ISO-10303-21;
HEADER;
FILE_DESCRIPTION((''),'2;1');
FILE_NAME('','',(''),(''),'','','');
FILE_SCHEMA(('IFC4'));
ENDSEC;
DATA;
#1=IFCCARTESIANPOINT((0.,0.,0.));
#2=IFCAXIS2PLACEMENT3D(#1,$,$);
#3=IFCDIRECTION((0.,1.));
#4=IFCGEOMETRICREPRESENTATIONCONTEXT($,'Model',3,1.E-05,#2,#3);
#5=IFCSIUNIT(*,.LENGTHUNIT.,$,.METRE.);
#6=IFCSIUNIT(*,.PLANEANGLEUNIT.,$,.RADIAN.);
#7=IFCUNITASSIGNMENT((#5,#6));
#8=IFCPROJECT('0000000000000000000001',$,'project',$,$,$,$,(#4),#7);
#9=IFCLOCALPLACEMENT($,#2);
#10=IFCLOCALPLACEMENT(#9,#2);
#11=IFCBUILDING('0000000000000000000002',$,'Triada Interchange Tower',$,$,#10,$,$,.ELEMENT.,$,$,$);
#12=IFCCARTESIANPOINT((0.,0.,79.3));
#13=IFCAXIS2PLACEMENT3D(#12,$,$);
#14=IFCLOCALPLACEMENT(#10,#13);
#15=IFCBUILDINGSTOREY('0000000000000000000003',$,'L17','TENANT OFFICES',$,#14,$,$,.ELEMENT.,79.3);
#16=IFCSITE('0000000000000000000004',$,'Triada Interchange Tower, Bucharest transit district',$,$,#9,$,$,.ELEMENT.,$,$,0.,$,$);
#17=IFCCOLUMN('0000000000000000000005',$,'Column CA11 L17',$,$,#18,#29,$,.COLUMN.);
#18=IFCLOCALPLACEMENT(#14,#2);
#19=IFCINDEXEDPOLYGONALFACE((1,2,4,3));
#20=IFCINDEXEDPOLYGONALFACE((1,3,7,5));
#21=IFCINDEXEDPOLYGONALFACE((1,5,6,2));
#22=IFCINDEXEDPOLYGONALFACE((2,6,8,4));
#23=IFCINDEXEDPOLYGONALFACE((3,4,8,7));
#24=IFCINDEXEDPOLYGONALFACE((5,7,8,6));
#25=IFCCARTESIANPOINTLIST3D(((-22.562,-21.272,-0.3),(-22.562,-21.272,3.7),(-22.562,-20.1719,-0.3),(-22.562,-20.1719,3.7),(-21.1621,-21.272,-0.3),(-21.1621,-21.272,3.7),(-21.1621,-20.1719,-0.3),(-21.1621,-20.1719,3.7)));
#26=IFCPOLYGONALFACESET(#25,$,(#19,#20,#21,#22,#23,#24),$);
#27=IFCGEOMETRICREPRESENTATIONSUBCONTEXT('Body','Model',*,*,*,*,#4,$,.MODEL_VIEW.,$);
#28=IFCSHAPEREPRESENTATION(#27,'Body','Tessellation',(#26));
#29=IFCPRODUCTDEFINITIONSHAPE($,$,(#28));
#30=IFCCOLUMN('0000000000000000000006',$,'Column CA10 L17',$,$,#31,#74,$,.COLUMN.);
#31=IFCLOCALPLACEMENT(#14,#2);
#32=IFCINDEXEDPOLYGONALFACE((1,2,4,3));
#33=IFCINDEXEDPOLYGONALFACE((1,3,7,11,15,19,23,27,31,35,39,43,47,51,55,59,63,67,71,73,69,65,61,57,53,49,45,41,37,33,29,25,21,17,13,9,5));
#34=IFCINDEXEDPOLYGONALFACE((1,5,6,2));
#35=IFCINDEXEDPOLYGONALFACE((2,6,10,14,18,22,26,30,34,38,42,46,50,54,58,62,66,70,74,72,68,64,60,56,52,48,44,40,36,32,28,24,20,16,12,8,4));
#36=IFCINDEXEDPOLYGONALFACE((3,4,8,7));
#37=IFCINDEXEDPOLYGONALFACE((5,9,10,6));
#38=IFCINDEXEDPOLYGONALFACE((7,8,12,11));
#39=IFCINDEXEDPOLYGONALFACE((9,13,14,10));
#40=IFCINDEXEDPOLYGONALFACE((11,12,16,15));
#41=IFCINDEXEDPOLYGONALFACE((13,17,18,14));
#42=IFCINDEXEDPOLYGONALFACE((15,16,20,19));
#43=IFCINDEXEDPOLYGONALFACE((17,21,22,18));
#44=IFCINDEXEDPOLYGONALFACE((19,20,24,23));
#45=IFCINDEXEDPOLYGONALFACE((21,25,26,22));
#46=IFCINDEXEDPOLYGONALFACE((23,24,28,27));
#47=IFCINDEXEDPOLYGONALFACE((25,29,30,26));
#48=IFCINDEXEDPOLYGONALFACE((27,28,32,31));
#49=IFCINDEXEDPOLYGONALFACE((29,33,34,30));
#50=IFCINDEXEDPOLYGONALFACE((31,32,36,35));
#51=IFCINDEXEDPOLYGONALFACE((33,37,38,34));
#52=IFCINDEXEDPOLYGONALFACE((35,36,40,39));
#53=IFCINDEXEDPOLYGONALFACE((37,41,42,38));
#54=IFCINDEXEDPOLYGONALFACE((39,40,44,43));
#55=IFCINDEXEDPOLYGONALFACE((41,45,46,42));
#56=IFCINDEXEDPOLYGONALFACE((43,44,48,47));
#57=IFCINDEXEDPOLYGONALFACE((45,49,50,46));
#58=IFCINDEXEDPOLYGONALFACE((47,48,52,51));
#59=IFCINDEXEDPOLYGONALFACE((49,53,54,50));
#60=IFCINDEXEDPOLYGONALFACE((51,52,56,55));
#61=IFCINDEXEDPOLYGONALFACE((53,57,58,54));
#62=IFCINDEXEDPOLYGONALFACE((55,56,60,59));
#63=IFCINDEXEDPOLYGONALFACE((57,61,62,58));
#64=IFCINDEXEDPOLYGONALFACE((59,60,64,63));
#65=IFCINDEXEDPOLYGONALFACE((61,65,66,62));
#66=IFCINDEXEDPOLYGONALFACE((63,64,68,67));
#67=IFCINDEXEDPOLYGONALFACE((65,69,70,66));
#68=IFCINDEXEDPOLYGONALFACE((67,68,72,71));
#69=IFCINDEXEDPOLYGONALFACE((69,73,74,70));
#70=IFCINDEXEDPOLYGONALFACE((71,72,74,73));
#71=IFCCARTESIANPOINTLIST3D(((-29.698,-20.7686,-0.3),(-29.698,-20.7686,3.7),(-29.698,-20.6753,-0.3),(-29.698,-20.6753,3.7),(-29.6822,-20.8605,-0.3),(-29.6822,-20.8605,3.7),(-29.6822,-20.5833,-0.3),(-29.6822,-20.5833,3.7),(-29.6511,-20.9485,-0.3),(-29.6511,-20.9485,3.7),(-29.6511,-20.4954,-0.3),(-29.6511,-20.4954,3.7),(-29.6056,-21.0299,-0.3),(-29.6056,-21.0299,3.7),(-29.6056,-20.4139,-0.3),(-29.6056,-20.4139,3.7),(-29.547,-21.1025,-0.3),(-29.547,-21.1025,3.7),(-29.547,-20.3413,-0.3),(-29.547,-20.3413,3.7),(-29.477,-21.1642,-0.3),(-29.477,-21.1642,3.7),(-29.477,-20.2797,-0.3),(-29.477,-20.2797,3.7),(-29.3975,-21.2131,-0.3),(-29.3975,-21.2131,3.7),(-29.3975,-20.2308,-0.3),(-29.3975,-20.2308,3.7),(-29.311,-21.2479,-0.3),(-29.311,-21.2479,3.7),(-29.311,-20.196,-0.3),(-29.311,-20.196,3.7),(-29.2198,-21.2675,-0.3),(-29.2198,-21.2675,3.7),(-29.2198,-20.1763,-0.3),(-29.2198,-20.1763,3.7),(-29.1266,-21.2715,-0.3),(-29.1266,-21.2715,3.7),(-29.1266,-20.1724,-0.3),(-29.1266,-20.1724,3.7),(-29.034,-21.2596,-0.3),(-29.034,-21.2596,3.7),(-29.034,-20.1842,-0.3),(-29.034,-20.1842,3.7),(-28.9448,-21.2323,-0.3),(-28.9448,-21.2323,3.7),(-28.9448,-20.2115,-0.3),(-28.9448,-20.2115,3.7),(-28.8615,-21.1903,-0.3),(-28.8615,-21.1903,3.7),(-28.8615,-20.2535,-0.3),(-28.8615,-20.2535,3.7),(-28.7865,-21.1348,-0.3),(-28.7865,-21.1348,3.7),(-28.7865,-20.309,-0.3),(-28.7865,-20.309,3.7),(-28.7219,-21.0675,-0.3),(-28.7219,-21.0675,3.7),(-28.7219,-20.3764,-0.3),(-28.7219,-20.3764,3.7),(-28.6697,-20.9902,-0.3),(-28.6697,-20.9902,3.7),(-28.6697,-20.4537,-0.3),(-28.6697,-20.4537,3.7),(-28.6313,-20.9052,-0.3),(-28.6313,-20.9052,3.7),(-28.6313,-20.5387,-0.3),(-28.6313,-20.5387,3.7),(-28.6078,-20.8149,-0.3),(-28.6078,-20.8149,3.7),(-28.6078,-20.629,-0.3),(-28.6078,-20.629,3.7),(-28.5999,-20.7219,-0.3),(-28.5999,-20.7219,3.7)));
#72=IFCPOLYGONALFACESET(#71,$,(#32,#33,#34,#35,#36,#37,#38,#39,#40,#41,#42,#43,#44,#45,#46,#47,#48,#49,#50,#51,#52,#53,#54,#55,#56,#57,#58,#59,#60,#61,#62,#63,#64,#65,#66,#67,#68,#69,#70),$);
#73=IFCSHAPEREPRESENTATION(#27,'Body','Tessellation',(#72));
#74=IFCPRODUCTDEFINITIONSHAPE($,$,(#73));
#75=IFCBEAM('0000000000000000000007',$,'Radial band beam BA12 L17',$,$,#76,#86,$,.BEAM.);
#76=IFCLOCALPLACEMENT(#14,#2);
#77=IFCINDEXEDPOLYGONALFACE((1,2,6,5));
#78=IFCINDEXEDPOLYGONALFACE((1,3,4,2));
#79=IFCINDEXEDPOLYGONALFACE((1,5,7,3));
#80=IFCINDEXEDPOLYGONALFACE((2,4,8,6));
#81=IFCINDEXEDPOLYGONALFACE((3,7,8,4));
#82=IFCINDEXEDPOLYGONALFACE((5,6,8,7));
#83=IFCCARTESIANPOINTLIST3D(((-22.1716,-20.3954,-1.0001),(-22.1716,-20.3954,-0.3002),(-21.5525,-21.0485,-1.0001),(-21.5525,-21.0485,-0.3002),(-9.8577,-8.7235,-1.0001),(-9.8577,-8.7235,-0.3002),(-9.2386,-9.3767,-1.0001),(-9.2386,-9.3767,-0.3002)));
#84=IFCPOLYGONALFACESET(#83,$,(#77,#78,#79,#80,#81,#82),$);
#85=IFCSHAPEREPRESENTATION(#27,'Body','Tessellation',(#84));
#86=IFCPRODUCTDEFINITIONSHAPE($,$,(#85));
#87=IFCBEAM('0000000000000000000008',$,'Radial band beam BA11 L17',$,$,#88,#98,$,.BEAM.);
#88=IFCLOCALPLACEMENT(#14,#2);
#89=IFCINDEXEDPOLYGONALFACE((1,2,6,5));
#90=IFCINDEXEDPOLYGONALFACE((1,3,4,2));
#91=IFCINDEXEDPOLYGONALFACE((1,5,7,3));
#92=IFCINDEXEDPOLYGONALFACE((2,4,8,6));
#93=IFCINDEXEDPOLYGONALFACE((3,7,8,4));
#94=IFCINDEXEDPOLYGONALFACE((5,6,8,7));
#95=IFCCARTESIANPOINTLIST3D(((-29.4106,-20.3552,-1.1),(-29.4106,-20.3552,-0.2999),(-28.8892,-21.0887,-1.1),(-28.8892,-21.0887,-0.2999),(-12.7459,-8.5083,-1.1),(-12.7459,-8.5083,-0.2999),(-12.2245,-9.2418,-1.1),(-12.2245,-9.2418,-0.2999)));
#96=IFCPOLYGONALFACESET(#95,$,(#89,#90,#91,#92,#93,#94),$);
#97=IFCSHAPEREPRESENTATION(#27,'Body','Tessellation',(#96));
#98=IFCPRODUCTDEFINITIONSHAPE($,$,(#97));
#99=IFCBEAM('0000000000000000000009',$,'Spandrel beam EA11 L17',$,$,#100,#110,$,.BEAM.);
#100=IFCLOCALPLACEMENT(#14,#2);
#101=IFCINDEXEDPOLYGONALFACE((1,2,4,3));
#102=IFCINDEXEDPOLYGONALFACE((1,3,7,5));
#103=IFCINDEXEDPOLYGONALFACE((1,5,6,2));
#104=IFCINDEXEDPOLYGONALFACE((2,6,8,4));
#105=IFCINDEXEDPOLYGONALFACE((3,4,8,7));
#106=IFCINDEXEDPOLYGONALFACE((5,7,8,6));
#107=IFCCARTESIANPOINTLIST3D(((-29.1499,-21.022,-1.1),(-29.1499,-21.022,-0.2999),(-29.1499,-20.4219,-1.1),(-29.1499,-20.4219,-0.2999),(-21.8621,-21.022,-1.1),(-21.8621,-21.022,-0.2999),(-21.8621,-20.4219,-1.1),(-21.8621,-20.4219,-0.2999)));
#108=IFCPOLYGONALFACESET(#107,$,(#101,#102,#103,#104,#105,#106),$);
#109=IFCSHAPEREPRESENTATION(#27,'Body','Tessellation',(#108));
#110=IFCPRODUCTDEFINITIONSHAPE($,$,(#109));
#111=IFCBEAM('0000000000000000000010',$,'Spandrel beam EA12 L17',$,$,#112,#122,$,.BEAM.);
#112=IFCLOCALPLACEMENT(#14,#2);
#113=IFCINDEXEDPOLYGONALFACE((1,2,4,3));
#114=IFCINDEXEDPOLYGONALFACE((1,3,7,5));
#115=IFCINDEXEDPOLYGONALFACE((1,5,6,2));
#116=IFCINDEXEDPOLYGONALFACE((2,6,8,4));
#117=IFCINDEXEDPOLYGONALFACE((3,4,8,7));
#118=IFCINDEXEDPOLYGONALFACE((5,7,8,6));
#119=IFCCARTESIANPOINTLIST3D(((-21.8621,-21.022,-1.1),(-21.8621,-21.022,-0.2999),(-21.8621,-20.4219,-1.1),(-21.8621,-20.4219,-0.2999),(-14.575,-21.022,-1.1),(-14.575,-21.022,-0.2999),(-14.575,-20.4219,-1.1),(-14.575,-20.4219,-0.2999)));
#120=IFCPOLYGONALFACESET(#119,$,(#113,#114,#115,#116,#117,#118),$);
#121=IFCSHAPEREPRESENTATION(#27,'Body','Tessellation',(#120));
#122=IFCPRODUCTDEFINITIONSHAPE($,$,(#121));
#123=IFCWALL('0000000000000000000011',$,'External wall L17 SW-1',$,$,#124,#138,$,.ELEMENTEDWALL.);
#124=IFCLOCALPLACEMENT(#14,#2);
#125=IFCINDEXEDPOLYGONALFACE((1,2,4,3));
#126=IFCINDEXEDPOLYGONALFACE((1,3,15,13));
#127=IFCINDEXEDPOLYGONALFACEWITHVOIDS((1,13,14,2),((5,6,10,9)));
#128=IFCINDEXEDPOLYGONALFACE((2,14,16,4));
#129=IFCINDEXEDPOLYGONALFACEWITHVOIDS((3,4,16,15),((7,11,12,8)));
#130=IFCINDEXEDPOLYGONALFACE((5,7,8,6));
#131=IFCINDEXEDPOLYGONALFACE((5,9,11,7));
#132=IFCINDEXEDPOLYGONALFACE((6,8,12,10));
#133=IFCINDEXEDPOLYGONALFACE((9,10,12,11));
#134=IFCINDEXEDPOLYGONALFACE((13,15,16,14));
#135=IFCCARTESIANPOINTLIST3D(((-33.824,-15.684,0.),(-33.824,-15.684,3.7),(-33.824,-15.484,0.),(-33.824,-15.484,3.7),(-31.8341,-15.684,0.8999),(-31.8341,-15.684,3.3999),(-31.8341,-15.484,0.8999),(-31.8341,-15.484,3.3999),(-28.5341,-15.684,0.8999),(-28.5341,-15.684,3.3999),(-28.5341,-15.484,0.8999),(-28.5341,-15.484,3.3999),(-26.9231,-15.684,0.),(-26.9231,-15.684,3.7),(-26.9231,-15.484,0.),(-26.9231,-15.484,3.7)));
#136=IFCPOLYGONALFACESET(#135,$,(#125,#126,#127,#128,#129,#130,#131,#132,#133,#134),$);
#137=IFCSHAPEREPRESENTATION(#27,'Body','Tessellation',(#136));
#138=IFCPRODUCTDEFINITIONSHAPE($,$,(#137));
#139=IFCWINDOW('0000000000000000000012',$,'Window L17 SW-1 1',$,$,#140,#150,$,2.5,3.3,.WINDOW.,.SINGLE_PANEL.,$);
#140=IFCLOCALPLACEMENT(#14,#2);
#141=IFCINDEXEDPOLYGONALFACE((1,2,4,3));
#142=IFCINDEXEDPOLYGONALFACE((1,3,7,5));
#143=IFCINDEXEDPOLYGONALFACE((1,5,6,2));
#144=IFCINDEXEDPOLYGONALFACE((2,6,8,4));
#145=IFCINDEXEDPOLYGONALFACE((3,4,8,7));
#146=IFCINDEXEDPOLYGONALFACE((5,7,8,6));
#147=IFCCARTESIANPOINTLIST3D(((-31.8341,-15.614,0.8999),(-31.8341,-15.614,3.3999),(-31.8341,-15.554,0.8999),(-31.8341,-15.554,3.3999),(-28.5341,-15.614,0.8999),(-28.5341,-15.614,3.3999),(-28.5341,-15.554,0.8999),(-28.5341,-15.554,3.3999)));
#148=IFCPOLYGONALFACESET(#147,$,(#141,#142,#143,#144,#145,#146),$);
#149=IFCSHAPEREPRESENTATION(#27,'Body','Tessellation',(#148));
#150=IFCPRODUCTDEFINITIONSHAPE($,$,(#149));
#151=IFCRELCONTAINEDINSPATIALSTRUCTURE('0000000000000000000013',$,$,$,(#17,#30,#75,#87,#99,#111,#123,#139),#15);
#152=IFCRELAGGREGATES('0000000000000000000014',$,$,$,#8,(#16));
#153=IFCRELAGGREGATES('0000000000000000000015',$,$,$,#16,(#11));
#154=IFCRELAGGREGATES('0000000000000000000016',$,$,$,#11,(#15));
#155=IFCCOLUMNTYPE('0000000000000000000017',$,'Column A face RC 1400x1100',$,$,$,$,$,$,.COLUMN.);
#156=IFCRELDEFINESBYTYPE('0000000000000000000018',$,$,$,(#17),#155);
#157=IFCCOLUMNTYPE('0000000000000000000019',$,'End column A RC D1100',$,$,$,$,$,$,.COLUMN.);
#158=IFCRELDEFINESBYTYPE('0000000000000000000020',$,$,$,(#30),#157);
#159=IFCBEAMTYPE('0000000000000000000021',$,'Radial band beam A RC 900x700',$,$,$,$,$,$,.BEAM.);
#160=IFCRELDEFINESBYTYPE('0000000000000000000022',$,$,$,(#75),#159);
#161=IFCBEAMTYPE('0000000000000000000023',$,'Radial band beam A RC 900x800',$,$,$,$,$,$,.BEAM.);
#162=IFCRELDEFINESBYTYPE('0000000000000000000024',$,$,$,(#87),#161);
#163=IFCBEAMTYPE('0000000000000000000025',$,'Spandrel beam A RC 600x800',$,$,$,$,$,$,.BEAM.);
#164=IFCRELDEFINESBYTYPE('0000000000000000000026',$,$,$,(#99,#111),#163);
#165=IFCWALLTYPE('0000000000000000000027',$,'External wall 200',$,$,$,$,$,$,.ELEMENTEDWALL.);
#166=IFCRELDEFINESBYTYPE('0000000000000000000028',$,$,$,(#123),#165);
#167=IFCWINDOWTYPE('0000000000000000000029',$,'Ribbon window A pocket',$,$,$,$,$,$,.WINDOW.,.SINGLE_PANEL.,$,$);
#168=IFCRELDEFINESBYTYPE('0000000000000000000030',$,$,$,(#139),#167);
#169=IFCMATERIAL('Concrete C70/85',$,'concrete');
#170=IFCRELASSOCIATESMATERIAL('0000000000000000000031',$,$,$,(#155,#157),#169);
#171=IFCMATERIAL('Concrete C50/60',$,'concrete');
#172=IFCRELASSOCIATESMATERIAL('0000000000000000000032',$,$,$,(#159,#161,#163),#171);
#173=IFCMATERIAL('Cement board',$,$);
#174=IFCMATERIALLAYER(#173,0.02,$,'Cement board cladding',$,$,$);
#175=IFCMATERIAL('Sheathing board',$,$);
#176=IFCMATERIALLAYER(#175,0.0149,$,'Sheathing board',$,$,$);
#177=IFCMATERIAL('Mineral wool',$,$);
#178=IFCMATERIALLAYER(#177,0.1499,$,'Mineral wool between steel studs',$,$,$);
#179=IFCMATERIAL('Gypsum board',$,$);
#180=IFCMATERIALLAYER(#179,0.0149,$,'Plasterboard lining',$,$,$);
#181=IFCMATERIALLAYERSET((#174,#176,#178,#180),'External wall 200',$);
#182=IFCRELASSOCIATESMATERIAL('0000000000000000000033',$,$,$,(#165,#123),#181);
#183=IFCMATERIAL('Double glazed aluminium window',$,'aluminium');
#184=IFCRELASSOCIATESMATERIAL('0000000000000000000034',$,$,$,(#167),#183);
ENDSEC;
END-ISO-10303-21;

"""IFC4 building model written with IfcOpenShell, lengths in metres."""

from ifc_helpers import new_model, si_unit, direction, frame, frame_2d, origin, origin_2d, place, context, subcontext, project, spatial, rectangle, circle, extrude, material, layer, layer_set, layer_usage, material_profile, profile_set, type_object, element, fill, save


model = new_model("IFC4")

# Units and contexts
model_context = context("Model", 3, precision=1e-05, world=origin(), true_north=direction((0.0, 1.0)))
body_context = subcontext(model_context, "Body", "Model", "MODEL_VIEW")
ifc_project = project(units=[si_unit("LENGTHUNIT", "METRE"), si_unit("PLANEANGLEUNIT", "RADIAN")], contexts=[model_context])

# Site, building, storey
site_placement = place(None, origin())
site = spatial("IfcSite", under=ifc_project, at=site_placement, Name="Triada Interchange Tower, Bucharest transit district", CompositionType="ELEMENT", RefElevation=0.0)
building_placement = place(site_placement, origin())
building = spatial("IfcBuilding", under=site, at=building_placement, Name="Triada Interchange Tower", CompositionType="ELEMENT")
storey_placement = place(building_placement, frame((0.0, 0.0, 79.3)))
storey = spatial("IfcBuildingStorey", under=building, at=storey_placement, Name="L17", Description="TENANT OFFICES", CompositionType="ELEMENT", Elevation=79.3)

# Columns
ifc_material_1 = material(Name="Concrete C70/85", Category="concrete")
ifc_material_profile_1 = material_profile(ifc_material_1, rectangle(XDim=1.3999, YDim=1.1001, at=origin_2d()), Name="RC 1400x1100")
ifc_profile_set_1 = profile_set([ifc_material_profile_1], Name="Concrete C70/85")
column_type_1 = type_object("IfcColumnType", Name="Column A face RC 1400x1100", PredefinedType="COLUMN", material=ifc_profile_set_1)
column_1_placement = place(storey_placement, frame((-21.8621, -20.7219, -0.3), z_axis=(0.0, 0.0, 1.0), x_axis=(1.0, 0.0, 0.0)))
element("IfcColumn", 1, at=column_1_placement, inside=storey, type_object=column_type_1, Name="Column CA11 L17", PredefinedType="COLUMN", context=body_context, shape_type="SweptSolid", body=[
    extrude(rectangle(XDim=1.3999, YDim=1.1001, at=origin_2d()), origin(), (0.0, 0.0, 1.0), 4.0),
])
ifc_material_profile_2 = material_profile(ifc_material_1, circle(Radius=0.55, at=origin_2d()), Name="RC D1100")
ifc_profile_set_2 = profile_set([ifc_material_profile_2], Name="Concrete C70/85")
column_type_2 = type_object("IfcColumnType", Name="End column A RC D1100", PredefinedType="COLUMN", material=ifc_profile_set_2)
column_2_placement = place(storey_placement, frame((-29.1499, -20.7219, -0.3), z_axis=(0.0, 0.0, 1.0), x_axis=(1.0, 0.0, 0.0)))
element("IfcColumn", 2, at=column_2_placement, inside=storey, type_object=column_type_2, Name="Column CA10 L17", PredefinedType="COLUMN", context=body_context, shape_type="SweptSolid", body=[
    extrude(circle(Radius=0.55, at=origin_2d()), origin(), (0.0, 0.0, 1.0), 4.0),
])

# Beams
ifc_material_2 = material(Name="Concrete C50/60", Category="concrete")
ifc_material_profile_3 = material_profile(ifc_material_2, rectangle(XDim=0.8999, YDim=0.7, at=origin_2d()), Name="RC 900x700")
ifc_profile_set_3 = profile_set([ifc_material_profile_3], Name="Concrete C50/60")
beam_type_1 = type_object("IfcBeamType", Name="Radial band beam A RC 900x700", PredefinedType="BEAM", material=ifc_profile_set_3)
beam_1_placement = place(storey_placement, frame((-21.8621, -20.7219, -0.6501), z_axis=(0.725776, 0.687931, 0.0), x_axis=(-0.687931, 0.725776, 0.0)))
element("IfcBeam", 3, at=beam_1_placement, inside=storey, type_object=beam_type_1, Name="Radial band beam BA12 L17", PredefinedType="BEAM", context=body_context, shape_type="SweptSolid", body=[
    extrude(rectangle(XDim=0.8999, YDim=0.7, at=origin_2d()), origin(), (0.0, 0.0, 1.0), 16.9666),
])
ifc_material_profile_4 = material_profile(ifc_material_2, rectangle(XDim=0.8999, YDim=0.8, at=origin_2d()), Name="RC 900x800")
ifc_profile_set_4 = profile_set([ifc_material_profile_4], Name="Concrete C50/60")
beam_type_2 = type_object("IfcBeamType", Name="Radial band beam A RC 900x800", PredefinedType="BEAM", material=ifc_profile_set_4)
beam_2_placement = place(storey_placement, frame((-29.1499, -20.7219, -0.7), z_axis=(0.815038, 0.579407, 0.0), x_axis=(-0.579407, 0.815038, 0.0)))
element("IfcBeam", 4, at=beam_2_placement, inside=storey, type_object=beam_type_2, Name="Radial band beam BA11 L17", PredefinedType="BEAM", context=body_context, shape_type="SweptSolid", body=[
    extrude(rectangle(XDim=0.8999, YDim=0.8, at=origin_2d()), origin(), (0.0, 0.0, 1.0), 20.4465),
])
ifc_material_profile_5 = material_profile(ifc_material_2, rectangle(XDim=0.6001, YDim=0.8, at=origin_2d()), Name="RC 600x800")
ifc_profile_set_5 = profile_set([ifc_material_profile_5], Name="Concrete C50/60")
beam_type_3 = type_object("IfcBeamType", Name="Spandrel beam A RC 600x800", PredefinedType="BEAM", material=ifc_profile_set_5)
beam_3_placement = place(storey_placement, frame((-29.1499, -20.7219, -0.7), z_axis=(1.0, 0.0, 0.0), x_axis=(0.0, 1.0, 0.0)))
element("IfcBeam", 5, at=beam_3_placement, inside=storey, type_object=beam_type_3, Name="Spandrel beam EA11 L17", PredefinedType="BEAM", context=body_context, shape_type="SweptSolid", body=[
    extrude(rectangle(XDim=0.6001, YDim=0.8, at=origin_2d()), origin(), (0.0, 0.0, 1.0), 7.2878),
])
beam_4_placement = place(storey_placement, frame((-21.8621, -20.7219, -0.7), z_axis=(1.0, 0.0, 0.0), x_axis=(0.0, 1.0, 0.0)))
element("IfcBeam", 6, at=beam_4_placement, inside=storey, type_object=beam_type_3, Name="Spandrel beam EA12 L17", PredefinedType="BEAM", context=body_context, shape_type="SweptSolid", body=[
    extrude(rectangle(XDim=0.6001, YDim=0.8, at=origin_2d()), origin(), (0.0, 0.0, 1.0), 7.2871),
])

# Wall, opening, window
ifc_material_3 = material(Name="Cement board")
ifc_layer_1 = layer(ifc_material_3, 0.02, Name="Cement board cladding")
ifc_material_4 = material(Name="Sheathing board")
ifc_layer_2 = layer(ifc_material_4, 0.0149, Name="Sheathing board")
ifc_material_5 = material(Name="Mineral wool")
ifc_layer_3 = layer(ifc_material_5, 0.1499, Name="Mineral wool between steel studs")
ifc_material_6 = material(Name="Gypsum board")
ifc_layer_4 = layer(ifc_material_6, 0.0149, Name="Plasterboard lining")
ifc_layer_set_1 = layer_set([ifc_layer_1, ifc_layer_2, ifc_layer_3, ifc_layer_4], Name="External wall 200")
ifc_layer_usage = layer_usage(ifc_layer_set_1, "AXIS2", "POSITIVE", -0.1001)
wall_type_1 = type_object("IfcWallType", Name="External wall 200", PredefinedType="ELEMENTEDWALL", material=ifc_layer_set_1)
wall_1_placement = place(storey_placement, frame((-33.824, -15.584, 0.0), z_axis=(0.0, 0.0, 1.0), x_axis=(1.0, 0.0, 0.0)))
wall_1 = element("IfcWall", 7, at=wall_1_placement, inside=storey, type_object=wall_type_1, material=ifc_layer_usage, Name="External wall L17 SW-1", PredefinedType="ELEMENTEDWALL", context=body_context, shape_type="SweptSolid", body=[
    extrude(rectangle(XDim=6.9009, YDim=0.2, at=frame_2d((3.4504, 0.0))), origin(), (0.0, 0.0, 1.0), 3.7),
])
opening_1_placement = place(wall_1_placement, frame((1.99, 0.0, 0.8999)))
opening_1 = element("IfcOpeningElement", 8, at=opening_1_placement, cuts=wall_1, PredefinedType="OPENING", context=body_context, shape_type="SweptSolid", body=[
    extrude(rectangle(XDim=3.3, YDim=2.5, at=frame_2d((1.6499, 1.25))), frame((0.0, 0.1099, 0.0), z_axis=(0.0, -1.0, 0.0), x_axis=(1.0, 0.0, 0.0)), (0.0, 0.0, 1.0), 0.22),
])
ifc_material_7 = material(Name="Double glazed aluminium window", Category="aluminium")
window_type_1 = type_object("IfcWindowType", Name="Ribbon window A pocket", PartitioningType="SINGLE_PANEL", PredefinedType="WINDOW", material=ifc_material_7)
window_1_placement = place(opening_1_placement, origin())
window_1 = element("IfcWindow", 9, at=window_1_placement, inside=storey, type_object=window_type_1, Name="Window L17 SW-1 1", OverallHeight=2.5, OverallWidth=3.3, PartitioningType="SINGLE_PANEL", PredefinedType="WINDOW", context=body_context, shape_type="SweptSolid", body=[
    extrude(rectangle(XDim=3.3, YDim=2.5, at=frame_2d((1.6499, 1.25))), frame((0.0, 0.03, 0.0), z_axis=(0.0, -1.0, 0.0), x_axis=(1.0, 0.0, 0.0)), (0.0, 0.0, 1.0), 0.0601),
])
fill(opening_1, window_1)

save(model, "model.ifc")
